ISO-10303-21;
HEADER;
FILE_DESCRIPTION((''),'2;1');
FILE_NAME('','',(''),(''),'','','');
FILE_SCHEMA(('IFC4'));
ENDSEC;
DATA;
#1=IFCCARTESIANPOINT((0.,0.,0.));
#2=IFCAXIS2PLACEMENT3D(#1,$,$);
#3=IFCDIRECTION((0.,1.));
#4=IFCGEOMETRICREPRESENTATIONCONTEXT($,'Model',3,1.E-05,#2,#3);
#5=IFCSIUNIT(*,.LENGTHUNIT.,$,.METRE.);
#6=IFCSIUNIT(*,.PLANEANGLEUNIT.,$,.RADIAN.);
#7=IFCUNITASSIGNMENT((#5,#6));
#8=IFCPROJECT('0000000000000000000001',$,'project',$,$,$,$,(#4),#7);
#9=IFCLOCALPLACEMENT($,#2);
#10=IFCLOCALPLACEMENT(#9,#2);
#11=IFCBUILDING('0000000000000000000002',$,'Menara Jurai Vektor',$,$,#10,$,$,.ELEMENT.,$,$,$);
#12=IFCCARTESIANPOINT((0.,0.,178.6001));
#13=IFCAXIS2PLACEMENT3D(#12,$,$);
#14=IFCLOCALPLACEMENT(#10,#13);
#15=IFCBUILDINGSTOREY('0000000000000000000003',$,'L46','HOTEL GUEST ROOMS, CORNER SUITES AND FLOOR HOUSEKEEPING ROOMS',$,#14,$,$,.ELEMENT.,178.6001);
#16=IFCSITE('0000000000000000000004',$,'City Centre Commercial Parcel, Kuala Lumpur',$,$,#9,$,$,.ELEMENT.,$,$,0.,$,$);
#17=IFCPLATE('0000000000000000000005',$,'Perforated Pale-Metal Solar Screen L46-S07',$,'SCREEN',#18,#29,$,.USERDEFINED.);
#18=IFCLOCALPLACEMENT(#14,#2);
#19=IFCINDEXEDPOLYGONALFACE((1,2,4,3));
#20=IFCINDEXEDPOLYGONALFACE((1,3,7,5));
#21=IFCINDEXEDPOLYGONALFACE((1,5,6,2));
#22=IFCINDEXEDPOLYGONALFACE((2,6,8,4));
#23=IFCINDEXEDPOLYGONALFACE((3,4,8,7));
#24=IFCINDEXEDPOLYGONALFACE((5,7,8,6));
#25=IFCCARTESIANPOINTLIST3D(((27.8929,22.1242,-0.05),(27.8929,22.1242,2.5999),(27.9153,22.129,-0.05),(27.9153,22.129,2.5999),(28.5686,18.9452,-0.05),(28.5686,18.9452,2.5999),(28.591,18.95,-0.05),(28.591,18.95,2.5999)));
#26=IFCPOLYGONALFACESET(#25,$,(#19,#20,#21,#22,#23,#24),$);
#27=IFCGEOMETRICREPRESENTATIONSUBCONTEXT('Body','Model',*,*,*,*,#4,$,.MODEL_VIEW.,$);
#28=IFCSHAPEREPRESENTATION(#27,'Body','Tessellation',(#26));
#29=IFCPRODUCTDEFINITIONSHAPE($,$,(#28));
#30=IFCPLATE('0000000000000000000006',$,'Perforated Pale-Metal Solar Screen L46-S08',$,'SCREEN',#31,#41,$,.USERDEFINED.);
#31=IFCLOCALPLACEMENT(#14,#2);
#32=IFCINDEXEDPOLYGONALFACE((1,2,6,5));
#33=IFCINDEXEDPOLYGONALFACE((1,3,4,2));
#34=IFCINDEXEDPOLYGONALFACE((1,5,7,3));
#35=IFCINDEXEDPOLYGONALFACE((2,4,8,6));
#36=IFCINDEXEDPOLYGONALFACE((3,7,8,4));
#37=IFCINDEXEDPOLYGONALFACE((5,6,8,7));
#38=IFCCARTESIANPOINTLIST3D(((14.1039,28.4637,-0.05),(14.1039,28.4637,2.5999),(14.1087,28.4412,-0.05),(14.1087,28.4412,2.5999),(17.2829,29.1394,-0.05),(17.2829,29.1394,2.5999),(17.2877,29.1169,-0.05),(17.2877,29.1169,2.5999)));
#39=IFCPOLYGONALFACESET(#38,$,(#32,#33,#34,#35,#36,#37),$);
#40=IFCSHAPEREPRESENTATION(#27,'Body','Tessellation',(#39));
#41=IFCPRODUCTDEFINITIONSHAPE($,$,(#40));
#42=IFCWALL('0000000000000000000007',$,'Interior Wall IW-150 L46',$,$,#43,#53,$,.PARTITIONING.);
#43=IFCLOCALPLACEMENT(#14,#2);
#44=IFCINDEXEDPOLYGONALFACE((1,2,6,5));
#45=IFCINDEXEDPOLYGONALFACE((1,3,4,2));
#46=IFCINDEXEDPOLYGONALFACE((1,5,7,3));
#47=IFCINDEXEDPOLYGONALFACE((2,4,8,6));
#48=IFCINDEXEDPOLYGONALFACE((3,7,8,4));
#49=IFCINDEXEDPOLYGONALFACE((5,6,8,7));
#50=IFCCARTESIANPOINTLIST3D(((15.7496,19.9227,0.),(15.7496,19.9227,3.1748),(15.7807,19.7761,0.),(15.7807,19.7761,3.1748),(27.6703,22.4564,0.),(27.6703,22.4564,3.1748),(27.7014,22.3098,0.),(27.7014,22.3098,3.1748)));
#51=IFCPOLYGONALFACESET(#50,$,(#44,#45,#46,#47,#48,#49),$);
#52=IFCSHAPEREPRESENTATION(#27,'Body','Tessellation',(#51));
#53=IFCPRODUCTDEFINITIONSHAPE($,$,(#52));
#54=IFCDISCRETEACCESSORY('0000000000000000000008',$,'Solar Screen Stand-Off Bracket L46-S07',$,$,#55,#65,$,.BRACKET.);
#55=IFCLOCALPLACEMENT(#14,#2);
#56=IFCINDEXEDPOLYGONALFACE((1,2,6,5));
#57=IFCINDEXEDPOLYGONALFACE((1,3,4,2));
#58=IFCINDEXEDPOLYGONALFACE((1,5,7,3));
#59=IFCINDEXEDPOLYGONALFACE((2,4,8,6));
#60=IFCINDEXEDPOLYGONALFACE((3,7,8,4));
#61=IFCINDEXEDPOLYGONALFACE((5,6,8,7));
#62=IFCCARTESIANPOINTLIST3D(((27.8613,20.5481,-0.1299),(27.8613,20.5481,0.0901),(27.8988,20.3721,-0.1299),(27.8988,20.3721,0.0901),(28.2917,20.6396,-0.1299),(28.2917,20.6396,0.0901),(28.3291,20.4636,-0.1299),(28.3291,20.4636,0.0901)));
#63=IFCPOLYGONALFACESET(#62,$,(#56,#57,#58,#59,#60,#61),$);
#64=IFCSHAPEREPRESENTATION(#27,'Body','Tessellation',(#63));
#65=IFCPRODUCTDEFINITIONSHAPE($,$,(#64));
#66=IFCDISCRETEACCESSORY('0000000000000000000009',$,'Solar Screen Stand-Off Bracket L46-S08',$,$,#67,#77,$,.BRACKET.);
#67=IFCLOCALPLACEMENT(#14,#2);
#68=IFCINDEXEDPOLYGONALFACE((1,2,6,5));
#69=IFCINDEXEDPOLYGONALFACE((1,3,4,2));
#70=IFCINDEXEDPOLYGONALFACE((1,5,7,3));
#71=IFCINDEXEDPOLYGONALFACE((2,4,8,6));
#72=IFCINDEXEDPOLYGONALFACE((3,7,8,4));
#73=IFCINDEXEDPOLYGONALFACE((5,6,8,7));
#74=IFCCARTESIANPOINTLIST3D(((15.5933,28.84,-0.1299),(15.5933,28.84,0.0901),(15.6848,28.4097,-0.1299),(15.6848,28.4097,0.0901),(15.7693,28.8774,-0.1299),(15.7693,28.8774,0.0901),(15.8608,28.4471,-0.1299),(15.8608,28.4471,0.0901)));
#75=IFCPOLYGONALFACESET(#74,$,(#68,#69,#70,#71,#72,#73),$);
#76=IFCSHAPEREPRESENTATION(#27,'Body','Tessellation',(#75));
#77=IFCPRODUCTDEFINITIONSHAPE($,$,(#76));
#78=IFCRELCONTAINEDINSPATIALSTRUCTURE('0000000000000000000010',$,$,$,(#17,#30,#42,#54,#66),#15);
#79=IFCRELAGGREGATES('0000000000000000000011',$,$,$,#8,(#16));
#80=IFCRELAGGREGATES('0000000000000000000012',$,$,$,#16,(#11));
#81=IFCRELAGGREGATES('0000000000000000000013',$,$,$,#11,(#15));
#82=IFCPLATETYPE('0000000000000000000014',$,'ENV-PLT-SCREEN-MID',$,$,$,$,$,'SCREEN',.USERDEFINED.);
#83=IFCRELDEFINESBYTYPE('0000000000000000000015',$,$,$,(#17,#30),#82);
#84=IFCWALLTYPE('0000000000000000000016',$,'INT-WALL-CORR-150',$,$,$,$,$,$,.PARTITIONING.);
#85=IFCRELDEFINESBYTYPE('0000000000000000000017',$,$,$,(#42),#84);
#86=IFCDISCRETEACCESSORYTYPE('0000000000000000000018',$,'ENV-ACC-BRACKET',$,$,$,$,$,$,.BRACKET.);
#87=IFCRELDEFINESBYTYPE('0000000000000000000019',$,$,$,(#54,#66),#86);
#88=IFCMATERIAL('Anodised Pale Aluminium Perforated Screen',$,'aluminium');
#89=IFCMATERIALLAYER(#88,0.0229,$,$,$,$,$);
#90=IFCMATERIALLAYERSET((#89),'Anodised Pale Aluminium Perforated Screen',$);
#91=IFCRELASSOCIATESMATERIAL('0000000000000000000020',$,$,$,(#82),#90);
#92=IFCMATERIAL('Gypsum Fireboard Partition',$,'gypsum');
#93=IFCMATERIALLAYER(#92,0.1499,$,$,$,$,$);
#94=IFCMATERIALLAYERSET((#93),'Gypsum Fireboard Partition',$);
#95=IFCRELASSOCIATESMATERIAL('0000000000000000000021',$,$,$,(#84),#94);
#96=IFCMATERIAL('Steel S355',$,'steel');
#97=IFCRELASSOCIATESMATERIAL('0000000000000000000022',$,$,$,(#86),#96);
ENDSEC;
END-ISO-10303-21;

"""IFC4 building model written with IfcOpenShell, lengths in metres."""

from ifc_helpers import new_model, si_unit, direction, frame, frame_2d, origin, origin_2d, place, context, subcontext, project, spatial, rectangle, extrude, material, layer, layer_set, type_object, element, save


model = new_model("IFC4")

# Units and contexts
model_context = context("Model", 3, precision=1e-05, world=origin(), true_north=direction((0.0, 1.0)))
body_context = subcontext(model_context, "Body", "Model", "MODEL_VIEW")
ifc_project = project(units=[si_unit("LENGTHUNIT", "METRE"), si_unit("PLANEANGLEUNIT", "RADIAN")], contexts=[model_context])

# Site, building, storey
site_placement = place(None, origin())
site = spatial("IfcSite", under=ifc_project, at=site_placement, Name="City Centre Commercial Parcel, Kuala Lumpur", CompositionType="ELEMENT", RefElevation=0.0)
building_placement = place(site_placement, origin())
building = spatial("IfcBuilding", under=site, at=building_placement, Name="Menara Jurai Vektor", CompositionType="ELEMENT")
storey_placement = place(building_placement, frame((0.0, 0.0, 178.6001)))
storey = spatial("IfcBuildingStorey", under=building, at=storey_placement, Name="L46", Description="HOTEL GUEST ROOMS, CORNER SUITES AND FLOOR HOUSEKEEPING ROOMS", CompositionType="ELEMENT", Elevation=178.6001)

# Shared definitions
ifc_material_1 = material(Name="Steel S355", Category="steel")

# Plates
ifc_material_2 = material(Name="Anodised Pale Aluminium Perforated Screen", Category="aluminium")
ifc_layer_1 = layer(ifc_material_2, 0.0229)
ifc_layer_set_1 = layer_set([ifc_layer_1], Name="Anodised Pale Aluminium Perforated Screen")
plate_type_1 = type_object("IfcPlateType", Name="ENV-PLT-SCREEN-MID", ElementType="SCREEN", PredefinedType="USERDEFINED", material=ifc_layer_set_1)
for number, where, z_axis, x_axis, name in (
    (1, (28.2419, 20.5371, -0.05), (0.0, 0.0, 1.0), (-0.207912, 0.978148, 0.0), "Perforated Pale-Metal Solar Screen L46-S07"),
    (2, (15.6958, 28.7903, -0.05), (0.0, 0.0, 1.0), (-0.978148, -0.207912, 0.0), "Perforated Pale-Metal Solar Screen L46-S08"),
):
    element("IfcPlate", number, at=place(storey_placement, frame(where, z_axis=z_axis, x_axis=x_axis)), inside=storey, type_object=plate_type_1, Name=name, ObjectType="SCREEN", PredefinedType="USERDEFINED", context=body_context, shape_type="SweptSolid", body=[
        extrude(rectangle(XDim=3.25, YDim=0.0229, at=origin_2d()), origin(), (0.0, 0.0, 1.0), 2.6499),
    ])

# Wall
ifc_material_3 = material(Name="Gypsum Fireboard Partition", Category="gypsum")
ifc_layer_2 = layer(ifc_material_3, 0.1499)
ifc_layer_set_2 = layer_set([ifc_layer_2], Name="Gypsum Fireboard Partition")
wall_type = type_object("IfcWallType", Name="INT-WALL-CORR-150", PredefinedType="PARTITIONING", material=ifc_layer_set_2)
wall_1_placement = place(storey_placement, frame((15.7651, 19.8494, 0.0), z_axis=(0.0, 0.0, 1.0), x_axis=(0.97815, 0.207902, 0.0)))
element("IfcWall", 3, at=wall_1_placement, inside=storey, type_object=wall_type, Name="Interior Wall IW-150 L46", PredefinedType="PARTITIONING", context=body_context, shape_type="SweptSolid", body=[
    extrude(rectangle(XDim=12.187, YDim=0.1499, at=frame_2d((6.0935, 0.0))), origin(), (0.0, 0.0, 1.0), 3.1748),
])

# Discrete accessories
discrete_accessory_type = type_object("IfcDiscreteAccessoryType", Name="ENV-ACC-BRACKET", PredefinedType="BRACKET", material=ifc_material_1)
for number, where, z_axis, x_axis, name in (
    (4, (28.0952, 20.5059, -0.1299), (0.0, 0.0, 1.0), (-0.207912, 0.978148, 0.0), "Solar Screen Stand-Off Bracket L46-S07"),
    (5, (15.7271, 28.6436, -0.1299), (0.0, 0.0, 1.0), (-0.978148, -0.207912, 0.0), "Solar Screen Stand-Off Bracket L46-S08"),
):
    element("IfcDiscreteAccessory", number, at=place(storey_placement, frame(where, z_axis=z_axis, x_axis=x_axis)), inside=storey, type_object=discrete_accessory_type, Name=name, PredefinedType="BRACKET", context=body_context, shape_type="SweptSolid", body=[
        extrude(rectangle(XDim=0.1799, YDim=0.4399, at=origin_2d()), origin(), (0.0, 0.0, 1.0), 0.22),
    ])

save(model, "model.ifc")
